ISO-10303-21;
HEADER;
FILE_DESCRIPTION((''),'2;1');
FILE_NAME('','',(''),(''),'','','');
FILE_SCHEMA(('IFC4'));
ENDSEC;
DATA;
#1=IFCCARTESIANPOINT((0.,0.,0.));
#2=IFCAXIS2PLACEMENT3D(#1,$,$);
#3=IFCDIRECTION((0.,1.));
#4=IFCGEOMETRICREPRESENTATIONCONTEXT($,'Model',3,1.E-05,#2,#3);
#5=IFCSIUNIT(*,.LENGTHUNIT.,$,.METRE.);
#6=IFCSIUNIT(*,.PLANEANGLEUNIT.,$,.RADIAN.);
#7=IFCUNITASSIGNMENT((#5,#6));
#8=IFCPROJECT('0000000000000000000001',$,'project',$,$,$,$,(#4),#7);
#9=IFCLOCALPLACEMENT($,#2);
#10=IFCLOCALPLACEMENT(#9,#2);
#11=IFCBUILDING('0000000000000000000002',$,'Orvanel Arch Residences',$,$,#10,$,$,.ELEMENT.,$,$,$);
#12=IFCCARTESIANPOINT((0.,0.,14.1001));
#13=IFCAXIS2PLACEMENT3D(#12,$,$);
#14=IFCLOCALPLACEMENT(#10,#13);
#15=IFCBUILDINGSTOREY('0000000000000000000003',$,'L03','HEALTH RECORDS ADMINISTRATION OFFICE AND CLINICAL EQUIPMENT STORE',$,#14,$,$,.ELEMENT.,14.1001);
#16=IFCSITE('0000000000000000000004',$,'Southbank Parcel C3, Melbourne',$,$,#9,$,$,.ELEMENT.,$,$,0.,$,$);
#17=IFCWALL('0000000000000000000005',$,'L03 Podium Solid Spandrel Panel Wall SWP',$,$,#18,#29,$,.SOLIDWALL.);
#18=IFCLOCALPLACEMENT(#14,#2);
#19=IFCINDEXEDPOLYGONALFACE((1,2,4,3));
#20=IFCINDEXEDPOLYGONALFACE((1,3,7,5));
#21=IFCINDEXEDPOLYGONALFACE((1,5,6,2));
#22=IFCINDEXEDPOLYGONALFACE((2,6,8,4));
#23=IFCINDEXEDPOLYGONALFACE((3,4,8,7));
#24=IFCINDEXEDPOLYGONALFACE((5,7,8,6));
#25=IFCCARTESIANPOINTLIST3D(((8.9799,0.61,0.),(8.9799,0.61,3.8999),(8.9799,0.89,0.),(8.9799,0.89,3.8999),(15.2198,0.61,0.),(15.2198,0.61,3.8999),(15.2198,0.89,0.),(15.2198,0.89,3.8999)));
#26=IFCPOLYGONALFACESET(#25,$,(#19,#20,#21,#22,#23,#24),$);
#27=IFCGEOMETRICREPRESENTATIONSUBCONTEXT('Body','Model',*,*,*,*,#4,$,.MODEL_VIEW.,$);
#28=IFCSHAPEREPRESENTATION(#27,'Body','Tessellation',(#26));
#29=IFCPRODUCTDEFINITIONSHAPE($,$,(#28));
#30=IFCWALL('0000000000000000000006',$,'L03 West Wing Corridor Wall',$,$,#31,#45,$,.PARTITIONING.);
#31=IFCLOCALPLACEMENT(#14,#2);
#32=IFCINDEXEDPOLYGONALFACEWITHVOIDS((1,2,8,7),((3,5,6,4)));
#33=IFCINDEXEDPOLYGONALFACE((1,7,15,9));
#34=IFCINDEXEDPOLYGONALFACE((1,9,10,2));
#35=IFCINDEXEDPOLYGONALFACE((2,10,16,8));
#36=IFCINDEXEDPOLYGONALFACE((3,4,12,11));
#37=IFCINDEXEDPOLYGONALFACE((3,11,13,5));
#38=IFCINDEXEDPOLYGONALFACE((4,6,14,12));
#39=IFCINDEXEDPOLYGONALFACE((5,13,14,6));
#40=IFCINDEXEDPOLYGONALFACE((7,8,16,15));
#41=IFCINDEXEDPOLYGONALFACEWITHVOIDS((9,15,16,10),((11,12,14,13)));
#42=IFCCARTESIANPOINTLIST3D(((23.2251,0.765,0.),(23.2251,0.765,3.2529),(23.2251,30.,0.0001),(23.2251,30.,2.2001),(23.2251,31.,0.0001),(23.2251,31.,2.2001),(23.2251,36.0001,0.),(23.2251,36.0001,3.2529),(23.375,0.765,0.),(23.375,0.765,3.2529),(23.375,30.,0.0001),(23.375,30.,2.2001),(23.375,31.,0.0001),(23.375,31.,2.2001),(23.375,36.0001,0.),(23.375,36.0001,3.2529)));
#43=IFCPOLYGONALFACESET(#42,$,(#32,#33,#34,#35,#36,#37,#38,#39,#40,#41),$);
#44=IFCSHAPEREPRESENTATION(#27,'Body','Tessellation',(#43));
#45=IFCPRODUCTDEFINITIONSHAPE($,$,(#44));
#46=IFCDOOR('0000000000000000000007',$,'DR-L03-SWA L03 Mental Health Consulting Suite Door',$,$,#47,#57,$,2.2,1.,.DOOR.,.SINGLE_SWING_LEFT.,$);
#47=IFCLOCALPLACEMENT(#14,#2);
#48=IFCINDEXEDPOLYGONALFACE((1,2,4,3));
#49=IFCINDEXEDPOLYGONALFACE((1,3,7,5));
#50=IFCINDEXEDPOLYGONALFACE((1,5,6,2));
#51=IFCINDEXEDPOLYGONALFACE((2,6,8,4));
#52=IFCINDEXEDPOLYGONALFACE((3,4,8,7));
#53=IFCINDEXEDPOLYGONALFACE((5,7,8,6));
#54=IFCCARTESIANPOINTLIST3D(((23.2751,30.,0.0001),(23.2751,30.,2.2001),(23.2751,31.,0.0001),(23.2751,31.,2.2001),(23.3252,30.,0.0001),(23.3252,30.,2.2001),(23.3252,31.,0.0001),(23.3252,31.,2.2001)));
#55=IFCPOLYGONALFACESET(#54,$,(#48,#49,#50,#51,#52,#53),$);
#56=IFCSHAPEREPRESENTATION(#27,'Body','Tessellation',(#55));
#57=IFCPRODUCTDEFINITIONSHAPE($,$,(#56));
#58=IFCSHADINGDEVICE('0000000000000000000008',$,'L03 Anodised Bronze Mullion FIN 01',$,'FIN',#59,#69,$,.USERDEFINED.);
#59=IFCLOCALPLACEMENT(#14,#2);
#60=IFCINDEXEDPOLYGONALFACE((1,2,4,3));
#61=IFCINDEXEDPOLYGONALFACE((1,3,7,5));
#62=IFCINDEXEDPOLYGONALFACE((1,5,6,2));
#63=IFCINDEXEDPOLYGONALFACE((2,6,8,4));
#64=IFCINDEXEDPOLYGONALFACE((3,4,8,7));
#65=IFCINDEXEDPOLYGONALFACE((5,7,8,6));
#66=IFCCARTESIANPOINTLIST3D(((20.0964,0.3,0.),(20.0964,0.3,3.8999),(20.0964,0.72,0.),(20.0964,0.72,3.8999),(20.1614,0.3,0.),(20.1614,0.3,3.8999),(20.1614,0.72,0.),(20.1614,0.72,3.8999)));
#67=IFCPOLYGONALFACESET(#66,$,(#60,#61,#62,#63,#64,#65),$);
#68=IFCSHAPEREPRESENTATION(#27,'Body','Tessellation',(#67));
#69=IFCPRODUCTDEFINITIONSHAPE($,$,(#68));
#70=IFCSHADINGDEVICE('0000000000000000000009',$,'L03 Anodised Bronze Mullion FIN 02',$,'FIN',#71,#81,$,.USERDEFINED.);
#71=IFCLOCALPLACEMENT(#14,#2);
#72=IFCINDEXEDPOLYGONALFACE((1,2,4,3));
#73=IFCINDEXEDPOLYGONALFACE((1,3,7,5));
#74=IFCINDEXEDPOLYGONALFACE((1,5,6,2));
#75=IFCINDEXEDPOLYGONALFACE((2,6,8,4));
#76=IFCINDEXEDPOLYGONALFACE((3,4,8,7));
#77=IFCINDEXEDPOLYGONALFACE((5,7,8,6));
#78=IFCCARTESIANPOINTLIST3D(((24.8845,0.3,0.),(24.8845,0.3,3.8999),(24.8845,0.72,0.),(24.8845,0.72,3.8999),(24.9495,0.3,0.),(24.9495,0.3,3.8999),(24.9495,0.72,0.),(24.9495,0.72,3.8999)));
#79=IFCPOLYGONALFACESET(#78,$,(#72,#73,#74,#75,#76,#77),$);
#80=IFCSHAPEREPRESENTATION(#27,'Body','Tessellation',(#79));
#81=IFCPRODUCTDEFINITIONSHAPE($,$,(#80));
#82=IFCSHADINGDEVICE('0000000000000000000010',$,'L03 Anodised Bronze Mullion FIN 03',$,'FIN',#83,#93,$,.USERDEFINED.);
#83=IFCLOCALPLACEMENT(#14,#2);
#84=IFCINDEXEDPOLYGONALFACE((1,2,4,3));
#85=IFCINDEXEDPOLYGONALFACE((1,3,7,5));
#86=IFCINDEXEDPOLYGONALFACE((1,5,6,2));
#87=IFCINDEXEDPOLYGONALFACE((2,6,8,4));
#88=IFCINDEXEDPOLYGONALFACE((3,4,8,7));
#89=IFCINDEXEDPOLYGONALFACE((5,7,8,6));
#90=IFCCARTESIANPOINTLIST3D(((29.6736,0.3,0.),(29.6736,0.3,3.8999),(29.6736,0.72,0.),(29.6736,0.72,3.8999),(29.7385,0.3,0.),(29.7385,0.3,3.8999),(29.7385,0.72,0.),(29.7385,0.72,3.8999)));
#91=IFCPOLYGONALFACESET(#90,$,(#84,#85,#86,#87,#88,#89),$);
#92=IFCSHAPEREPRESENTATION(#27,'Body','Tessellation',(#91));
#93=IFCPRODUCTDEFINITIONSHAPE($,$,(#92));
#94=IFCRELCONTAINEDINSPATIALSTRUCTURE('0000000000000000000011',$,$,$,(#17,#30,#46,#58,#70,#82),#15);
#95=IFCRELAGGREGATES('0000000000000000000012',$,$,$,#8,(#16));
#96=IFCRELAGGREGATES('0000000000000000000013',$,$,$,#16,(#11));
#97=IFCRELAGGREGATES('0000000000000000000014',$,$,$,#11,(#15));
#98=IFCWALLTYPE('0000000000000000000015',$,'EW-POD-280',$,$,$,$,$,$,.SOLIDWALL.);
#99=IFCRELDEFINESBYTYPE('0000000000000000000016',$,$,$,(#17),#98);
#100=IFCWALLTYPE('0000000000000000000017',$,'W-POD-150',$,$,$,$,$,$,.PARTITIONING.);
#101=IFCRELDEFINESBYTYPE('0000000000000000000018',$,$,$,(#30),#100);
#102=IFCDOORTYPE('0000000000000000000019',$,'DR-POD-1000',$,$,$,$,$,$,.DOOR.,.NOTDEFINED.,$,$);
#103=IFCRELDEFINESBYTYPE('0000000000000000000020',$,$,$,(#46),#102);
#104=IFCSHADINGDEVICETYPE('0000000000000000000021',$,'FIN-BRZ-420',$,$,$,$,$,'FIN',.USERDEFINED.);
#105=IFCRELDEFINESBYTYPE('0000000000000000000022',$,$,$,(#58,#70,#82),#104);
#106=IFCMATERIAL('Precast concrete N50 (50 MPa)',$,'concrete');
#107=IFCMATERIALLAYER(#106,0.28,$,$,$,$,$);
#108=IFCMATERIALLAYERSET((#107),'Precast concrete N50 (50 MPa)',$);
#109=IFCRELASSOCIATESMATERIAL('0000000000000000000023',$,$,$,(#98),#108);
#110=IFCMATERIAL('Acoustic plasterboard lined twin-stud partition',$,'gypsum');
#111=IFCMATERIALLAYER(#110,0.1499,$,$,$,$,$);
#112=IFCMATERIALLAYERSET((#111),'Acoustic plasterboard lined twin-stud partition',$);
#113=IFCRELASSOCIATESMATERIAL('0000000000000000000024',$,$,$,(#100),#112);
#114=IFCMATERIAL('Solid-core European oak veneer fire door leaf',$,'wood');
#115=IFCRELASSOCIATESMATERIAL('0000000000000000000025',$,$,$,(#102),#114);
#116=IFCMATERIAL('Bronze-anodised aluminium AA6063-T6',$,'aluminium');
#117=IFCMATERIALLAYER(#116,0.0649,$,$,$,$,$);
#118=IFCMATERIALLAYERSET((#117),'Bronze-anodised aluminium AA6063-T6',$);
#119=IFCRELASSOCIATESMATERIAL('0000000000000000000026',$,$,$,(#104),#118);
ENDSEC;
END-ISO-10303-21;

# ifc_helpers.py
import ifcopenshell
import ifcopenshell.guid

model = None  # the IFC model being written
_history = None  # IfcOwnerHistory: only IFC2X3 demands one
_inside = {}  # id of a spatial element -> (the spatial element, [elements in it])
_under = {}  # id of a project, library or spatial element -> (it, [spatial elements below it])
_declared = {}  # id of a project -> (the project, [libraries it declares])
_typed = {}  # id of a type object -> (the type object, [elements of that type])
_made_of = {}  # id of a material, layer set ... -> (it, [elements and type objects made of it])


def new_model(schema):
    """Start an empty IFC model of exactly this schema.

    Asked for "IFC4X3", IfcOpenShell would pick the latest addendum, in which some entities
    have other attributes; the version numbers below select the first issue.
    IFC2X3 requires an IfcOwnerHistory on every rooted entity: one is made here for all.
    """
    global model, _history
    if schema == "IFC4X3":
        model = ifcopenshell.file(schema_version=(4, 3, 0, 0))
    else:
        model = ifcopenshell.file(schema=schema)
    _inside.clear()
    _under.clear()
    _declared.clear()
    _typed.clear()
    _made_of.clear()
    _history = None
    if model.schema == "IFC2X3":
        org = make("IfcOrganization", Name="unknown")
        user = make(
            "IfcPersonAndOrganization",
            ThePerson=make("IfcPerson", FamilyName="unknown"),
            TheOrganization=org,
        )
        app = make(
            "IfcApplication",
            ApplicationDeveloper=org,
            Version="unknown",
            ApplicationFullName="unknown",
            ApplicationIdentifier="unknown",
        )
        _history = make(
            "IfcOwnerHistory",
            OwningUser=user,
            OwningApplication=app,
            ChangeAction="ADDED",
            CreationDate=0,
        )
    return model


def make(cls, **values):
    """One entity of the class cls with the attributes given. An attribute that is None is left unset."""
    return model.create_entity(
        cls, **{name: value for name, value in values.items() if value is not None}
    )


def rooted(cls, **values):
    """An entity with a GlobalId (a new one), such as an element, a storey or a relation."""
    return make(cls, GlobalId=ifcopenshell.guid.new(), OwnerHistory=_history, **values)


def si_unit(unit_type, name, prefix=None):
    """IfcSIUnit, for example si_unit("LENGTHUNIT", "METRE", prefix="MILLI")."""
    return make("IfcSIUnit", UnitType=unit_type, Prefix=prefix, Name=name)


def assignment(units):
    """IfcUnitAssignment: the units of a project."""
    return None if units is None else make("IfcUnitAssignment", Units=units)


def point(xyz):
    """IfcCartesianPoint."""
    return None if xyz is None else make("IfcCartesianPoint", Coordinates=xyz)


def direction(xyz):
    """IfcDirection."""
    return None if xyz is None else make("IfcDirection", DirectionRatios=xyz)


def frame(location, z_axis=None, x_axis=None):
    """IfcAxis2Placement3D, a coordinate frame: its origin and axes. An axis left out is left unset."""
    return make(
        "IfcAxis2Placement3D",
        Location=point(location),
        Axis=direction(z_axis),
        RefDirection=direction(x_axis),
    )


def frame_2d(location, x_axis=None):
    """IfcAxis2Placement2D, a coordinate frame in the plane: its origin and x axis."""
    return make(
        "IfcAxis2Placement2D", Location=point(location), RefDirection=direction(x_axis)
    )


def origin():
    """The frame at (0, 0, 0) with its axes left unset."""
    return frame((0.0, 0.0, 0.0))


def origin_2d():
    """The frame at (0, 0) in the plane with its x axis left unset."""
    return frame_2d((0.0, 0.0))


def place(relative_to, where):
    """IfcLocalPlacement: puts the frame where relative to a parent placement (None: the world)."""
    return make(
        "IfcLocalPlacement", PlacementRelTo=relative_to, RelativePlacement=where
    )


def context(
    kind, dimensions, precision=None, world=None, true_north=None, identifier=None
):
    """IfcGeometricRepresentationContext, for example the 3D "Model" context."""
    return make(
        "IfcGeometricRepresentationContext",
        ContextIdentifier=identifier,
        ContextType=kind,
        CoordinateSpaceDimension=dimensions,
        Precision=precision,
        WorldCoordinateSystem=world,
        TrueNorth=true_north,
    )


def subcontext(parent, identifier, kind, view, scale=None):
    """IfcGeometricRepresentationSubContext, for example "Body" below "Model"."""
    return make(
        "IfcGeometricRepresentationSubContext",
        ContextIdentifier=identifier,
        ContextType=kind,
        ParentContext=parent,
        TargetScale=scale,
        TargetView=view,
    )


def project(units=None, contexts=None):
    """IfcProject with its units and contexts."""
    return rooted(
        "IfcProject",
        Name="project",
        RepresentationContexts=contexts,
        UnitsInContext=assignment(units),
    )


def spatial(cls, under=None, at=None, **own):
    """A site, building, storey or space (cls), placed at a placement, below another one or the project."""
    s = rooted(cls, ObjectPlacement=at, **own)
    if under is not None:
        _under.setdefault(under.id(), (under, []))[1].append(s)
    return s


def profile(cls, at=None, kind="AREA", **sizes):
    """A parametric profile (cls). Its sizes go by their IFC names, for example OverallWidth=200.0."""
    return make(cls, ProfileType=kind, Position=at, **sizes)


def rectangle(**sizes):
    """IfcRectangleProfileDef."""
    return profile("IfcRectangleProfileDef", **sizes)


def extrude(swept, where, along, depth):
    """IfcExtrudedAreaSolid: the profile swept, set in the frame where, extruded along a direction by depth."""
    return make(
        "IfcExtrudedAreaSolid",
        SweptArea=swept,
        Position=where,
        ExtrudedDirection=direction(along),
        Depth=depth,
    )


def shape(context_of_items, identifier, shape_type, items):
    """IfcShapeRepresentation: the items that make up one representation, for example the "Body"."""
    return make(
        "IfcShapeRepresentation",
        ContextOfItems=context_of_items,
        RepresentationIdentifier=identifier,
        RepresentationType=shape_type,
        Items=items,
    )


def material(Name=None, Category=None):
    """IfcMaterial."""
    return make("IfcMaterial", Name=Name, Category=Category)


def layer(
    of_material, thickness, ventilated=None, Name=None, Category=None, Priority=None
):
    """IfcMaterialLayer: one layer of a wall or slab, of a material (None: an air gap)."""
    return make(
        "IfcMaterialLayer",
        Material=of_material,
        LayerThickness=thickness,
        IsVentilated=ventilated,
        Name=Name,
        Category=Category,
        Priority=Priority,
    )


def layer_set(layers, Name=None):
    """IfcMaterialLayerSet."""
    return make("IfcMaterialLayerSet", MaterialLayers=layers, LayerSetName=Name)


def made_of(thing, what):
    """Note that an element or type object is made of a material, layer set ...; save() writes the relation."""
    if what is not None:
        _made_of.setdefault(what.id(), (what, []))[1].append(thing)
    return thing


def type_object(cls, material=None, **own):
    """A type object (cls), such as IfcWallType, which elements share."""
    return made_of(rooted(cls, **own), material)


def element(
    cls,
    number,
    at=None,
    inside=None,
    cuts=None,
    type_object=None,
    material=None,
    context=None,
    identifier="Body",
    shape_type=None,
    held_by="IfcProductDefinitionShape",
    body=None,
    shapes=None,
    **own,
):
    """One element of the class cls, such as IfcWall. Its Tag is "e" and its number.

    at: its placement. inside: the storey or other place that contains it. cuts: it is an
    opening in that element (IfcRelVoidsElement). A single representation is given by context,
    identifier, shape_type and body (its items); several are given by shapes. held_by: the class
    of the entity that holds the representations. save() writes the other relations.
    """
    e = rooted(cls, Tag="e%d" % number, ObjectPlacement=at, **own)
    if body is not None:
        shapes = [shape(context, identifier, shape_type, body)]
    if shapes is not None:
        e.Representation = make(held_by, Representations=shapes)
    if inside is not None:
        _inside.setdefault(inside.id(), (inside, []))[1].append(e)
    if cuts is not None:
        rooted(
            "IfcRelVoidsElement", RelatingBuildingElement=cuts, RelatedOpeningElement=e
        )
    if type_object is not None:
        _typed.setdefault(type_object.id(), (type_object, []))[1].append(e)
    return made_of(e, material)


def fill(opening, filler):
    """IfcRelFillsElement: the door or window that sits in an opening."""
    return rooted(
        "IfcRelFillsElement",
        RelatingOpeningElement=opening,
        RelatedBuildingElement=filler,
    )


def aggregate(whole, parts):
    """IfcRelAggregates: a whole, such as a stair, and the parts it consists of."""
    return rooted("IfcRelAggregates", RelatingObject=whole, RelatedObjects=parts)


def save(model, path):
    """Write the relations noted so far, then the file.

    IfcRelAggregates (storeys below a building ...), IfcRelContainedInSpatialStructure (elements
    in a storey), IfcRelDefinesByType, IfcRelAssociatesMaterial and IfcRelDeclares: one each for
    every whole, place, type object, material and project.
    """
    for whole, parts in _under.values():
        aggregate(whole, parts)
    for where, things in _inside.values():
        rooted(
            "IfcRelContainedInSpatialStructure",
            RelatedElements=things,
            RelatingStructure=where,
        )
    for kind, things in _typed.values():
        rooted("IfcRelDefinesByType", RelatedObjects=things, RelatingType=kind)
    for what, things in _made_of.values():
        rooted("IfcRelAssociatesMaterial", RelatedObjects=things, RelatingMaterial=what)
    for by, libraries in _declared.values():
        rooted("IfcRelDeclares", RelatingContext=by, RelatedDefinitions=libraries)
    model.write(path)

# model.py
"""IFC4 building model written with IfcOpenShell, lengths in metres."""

from ifc_helpers import new_model, si_unit, direction, frame, frame_2d, origin, origin_2d, place, context, subcontext, project, spatial, rectangle, extrude, material, layer, layer_set, type_object, element, fill, save


model = new_model("IFC4")

# Units and contexts
model_context = context("Model", 3, precision=1e-05, world=origin(), true_north=direction((0.0, 1.0)))
body_context = subcontext(model_context, "Body", "Model", "MODEL_VIEW")
ifc_project = project(units=[si_unit("LENGTHUNIT", "METRE"), si_unit("PLANEANGLEUNIT", "RADIAN")], contexts=[model_context])

# Site, building, storey
site_placement = place(None, origin())
site = spatial("IfcSite", under=ifc_project, at=site_placement, Name="Southbank Parcel C3, Melbourne", CompositionType="ELEMENT", RefElevation=0.0)
building_placement = place(site_placement, origin())
building = spatial("IfcBuilding", under=site, at=building_placement, Name="Orvanel Arch Residences", CompositionType="ELEMENT")
storey_placement = place(building_placement, frame((0.0, 0.0, 14.1001)))
storey = spatial("IfcBuildingStorey", under=building, at=storey_placement, Name="L03", Description="HEALTH RECORDS ADMINISTRATION OFFICE AND CLINICAL EQUIPMENT STORE", CompositionType="ELEMENT", Elevation=14.1001)

# Shared definitions
ifc_material_1 = material(Name="Bronze-anodised aluminium AA6063-T6", Category="aluminium")

# Wall
ifc_material_2 = material(Name="Precast concrete N50 (50 MPa)", Category="concrete")
ifc_layer_1 = layer(ifc_material_2, 0.28)
ifc_layer_set_1 = layer_set([ifc_layer_1], Name="Precast concrete N50 (50 MPa)")
wall_type_1 = type_object("IfcWallType", Name="EW-POD-280", PredefinedType="SOLIDWALL", material=ifc_layer_set_1)
wall_1_placement = place(storey_placement, frame((15.22, 0.75, 0.0), z_axis=(0.0, 0.0, 1.0), x_axis=(-1.0, 0.0, 0.0)))
element("IfcWall", 1, at=wall_1_placement, inside=storey, type_object=wall_type_1, Name="L03 Podium Solid Spandrel Panel Wall SWP", PredefinedType="SOLIDWALL", context=body_context, shape_type="SweptSolid", body=[
    extrude(rectangle(XDim=6.24, YDim=0.28, at=frame_2d((3.1201, 0.0))), origin(), (0.0, 0.0, 1.0), 3.8999),
])

# Wall, opening, door
ifc_material_3 = material(Name="Acoustic plasterboard lined twin-stud partition", Category="gypsum")
ifc_layer_2 = layer(ifc_material_3, 0.1499)
ifc_layer_set_2 = layer_set([ifc_layer_2], Name="Acoustic plasterboard lined twin-stud partition")
wall_type_2 = type_object("IfcWallType", Name="W-POD-150", PredefinedType="PARTITIONING", material=ifc_layer_set_2)
wall_2_placement = place(storey_placement, frame((23.3, 0.7649, 0.0), z_axis=(0.0, 0.0, 1.0), x_axis=(0.0, 1.0, 0.0)))
wall_2 = element("IfcWall", 2, at=wall_2_placement, inside=storey, type_object=wall_type_2, Name="L03 West Wing Corridor Wall", PredefinedType="PARTITIONING", context=body_context, shape_type="SweptSolid", body=[
    extrude(rectangle(XDim=35.2351, YDim=0.1499, at=frame_2d((17.6177, 0.0))), origin(), (0.0, 0.0, 1.0), 3.2529),
])
opening_placement = place(wall_2_placement, frame((29.2351, 0.0, 0.0)))
opening = element("IfcOpeningElement", 3, at=opening_placement, cuts=wall_2, PredefinedType="OPENING", context=body_context, shape_type="SweptSolid", body=[
    extrude(rectangle(XDim=1.0, YDim=2.2, at=frame_2d((0.5, 1.1001))), frame((0.0, 0.085, 0.0), z_axis=(0.0, -1.0, 0.0), x_axis=(1.0, 0.0, 0.0)), (0.0, 0.0, 1.0), 0.1699),
])
ifc_material_4 = material(Name="Solid-core European oak veneer fire door leaf", Category="wood")
door_type = type_object("IfcDoorType", Name="DR-POD-1000", OperationType="NOTDEFINED", PredefinedType="DOOR", material=ifc_material_4)
door_placement = place(opening_placement, origin())
door = element("IfcDoor", 4, at=door_placement, inside=storey, type_object=door_type, Name="DR-L03-SWA L03 Mental Health Consulting Suite Door", OperationType="SINGLE_SWING_LEFT", OverallHeight=2.2, OverallWidth=1.0, PredefinedType="DOOR", context=body_context, shape_type="SweptSolid", body=[
    extrude(rectangle(XDim=1.0, YDim=2.2, at=frame_2d((0.5, 1.1001))), frame((0.0, 0.0249, 0.0), z_axis=(0.0, -1.0, 0.0), x_axis=(1.0, 0.0, 0.0)), (0.0, 0.0, 1.0), 0.05),
])
fill(opening, door)

# Shading devices
ifc_layer_3 = layer(ifc_material_1, 0.0649)
ifc_layer_set_3 = layer_set([ifc_layer_3], Name="Bronze-anodised aluminium AA6063-T6")
shading_device_type = type_object("IfcShadingDeviceType", Name="FIN-BRZ-420", ElementType="FIN", PredefinedType="USERDEFINED", material=ifc_layer_set_3)
for number, where, z_axis, x_axis, name in (
    (5, (20.1289, 0.51, 0.0), (0.0, 0.0, 1.0), (0.0, -1.0, 0.0), "L03 Anodised Bronze Mullion FIN 01"),
    (6, (24.917, 0.51, 0.0), (0.0, 0.0, 1.0), (0.0, -1.0, 0.0), "L03 Anodised Bronze Mullion FIN 02"),
    (7, (29.7061, 0.51, 0.0), (0.0, 0.0, 1.0), (0.0, -1.0, 0.0), "L03 Anodised Bronze Mullion FIN 03"),
):
    element("IfcShadingDevice", number, at=place(storey_placement, frame(where, z_axis=z_axis, x_axis=x_axis)), inside=storey, type_object=shading_device_type, Name=name, ObjectType="FIN", PredefinedType="USERDEFINED", context=body_context, shape_type="SweptSolid", body=[
        extrude(rectangle(XDim=0.4199, YDim=0.0649, at=origin_2d()), origin(), (0.0, 0.0, 1.0), 3.8999),
    ])

save(model, "model.ifc")
